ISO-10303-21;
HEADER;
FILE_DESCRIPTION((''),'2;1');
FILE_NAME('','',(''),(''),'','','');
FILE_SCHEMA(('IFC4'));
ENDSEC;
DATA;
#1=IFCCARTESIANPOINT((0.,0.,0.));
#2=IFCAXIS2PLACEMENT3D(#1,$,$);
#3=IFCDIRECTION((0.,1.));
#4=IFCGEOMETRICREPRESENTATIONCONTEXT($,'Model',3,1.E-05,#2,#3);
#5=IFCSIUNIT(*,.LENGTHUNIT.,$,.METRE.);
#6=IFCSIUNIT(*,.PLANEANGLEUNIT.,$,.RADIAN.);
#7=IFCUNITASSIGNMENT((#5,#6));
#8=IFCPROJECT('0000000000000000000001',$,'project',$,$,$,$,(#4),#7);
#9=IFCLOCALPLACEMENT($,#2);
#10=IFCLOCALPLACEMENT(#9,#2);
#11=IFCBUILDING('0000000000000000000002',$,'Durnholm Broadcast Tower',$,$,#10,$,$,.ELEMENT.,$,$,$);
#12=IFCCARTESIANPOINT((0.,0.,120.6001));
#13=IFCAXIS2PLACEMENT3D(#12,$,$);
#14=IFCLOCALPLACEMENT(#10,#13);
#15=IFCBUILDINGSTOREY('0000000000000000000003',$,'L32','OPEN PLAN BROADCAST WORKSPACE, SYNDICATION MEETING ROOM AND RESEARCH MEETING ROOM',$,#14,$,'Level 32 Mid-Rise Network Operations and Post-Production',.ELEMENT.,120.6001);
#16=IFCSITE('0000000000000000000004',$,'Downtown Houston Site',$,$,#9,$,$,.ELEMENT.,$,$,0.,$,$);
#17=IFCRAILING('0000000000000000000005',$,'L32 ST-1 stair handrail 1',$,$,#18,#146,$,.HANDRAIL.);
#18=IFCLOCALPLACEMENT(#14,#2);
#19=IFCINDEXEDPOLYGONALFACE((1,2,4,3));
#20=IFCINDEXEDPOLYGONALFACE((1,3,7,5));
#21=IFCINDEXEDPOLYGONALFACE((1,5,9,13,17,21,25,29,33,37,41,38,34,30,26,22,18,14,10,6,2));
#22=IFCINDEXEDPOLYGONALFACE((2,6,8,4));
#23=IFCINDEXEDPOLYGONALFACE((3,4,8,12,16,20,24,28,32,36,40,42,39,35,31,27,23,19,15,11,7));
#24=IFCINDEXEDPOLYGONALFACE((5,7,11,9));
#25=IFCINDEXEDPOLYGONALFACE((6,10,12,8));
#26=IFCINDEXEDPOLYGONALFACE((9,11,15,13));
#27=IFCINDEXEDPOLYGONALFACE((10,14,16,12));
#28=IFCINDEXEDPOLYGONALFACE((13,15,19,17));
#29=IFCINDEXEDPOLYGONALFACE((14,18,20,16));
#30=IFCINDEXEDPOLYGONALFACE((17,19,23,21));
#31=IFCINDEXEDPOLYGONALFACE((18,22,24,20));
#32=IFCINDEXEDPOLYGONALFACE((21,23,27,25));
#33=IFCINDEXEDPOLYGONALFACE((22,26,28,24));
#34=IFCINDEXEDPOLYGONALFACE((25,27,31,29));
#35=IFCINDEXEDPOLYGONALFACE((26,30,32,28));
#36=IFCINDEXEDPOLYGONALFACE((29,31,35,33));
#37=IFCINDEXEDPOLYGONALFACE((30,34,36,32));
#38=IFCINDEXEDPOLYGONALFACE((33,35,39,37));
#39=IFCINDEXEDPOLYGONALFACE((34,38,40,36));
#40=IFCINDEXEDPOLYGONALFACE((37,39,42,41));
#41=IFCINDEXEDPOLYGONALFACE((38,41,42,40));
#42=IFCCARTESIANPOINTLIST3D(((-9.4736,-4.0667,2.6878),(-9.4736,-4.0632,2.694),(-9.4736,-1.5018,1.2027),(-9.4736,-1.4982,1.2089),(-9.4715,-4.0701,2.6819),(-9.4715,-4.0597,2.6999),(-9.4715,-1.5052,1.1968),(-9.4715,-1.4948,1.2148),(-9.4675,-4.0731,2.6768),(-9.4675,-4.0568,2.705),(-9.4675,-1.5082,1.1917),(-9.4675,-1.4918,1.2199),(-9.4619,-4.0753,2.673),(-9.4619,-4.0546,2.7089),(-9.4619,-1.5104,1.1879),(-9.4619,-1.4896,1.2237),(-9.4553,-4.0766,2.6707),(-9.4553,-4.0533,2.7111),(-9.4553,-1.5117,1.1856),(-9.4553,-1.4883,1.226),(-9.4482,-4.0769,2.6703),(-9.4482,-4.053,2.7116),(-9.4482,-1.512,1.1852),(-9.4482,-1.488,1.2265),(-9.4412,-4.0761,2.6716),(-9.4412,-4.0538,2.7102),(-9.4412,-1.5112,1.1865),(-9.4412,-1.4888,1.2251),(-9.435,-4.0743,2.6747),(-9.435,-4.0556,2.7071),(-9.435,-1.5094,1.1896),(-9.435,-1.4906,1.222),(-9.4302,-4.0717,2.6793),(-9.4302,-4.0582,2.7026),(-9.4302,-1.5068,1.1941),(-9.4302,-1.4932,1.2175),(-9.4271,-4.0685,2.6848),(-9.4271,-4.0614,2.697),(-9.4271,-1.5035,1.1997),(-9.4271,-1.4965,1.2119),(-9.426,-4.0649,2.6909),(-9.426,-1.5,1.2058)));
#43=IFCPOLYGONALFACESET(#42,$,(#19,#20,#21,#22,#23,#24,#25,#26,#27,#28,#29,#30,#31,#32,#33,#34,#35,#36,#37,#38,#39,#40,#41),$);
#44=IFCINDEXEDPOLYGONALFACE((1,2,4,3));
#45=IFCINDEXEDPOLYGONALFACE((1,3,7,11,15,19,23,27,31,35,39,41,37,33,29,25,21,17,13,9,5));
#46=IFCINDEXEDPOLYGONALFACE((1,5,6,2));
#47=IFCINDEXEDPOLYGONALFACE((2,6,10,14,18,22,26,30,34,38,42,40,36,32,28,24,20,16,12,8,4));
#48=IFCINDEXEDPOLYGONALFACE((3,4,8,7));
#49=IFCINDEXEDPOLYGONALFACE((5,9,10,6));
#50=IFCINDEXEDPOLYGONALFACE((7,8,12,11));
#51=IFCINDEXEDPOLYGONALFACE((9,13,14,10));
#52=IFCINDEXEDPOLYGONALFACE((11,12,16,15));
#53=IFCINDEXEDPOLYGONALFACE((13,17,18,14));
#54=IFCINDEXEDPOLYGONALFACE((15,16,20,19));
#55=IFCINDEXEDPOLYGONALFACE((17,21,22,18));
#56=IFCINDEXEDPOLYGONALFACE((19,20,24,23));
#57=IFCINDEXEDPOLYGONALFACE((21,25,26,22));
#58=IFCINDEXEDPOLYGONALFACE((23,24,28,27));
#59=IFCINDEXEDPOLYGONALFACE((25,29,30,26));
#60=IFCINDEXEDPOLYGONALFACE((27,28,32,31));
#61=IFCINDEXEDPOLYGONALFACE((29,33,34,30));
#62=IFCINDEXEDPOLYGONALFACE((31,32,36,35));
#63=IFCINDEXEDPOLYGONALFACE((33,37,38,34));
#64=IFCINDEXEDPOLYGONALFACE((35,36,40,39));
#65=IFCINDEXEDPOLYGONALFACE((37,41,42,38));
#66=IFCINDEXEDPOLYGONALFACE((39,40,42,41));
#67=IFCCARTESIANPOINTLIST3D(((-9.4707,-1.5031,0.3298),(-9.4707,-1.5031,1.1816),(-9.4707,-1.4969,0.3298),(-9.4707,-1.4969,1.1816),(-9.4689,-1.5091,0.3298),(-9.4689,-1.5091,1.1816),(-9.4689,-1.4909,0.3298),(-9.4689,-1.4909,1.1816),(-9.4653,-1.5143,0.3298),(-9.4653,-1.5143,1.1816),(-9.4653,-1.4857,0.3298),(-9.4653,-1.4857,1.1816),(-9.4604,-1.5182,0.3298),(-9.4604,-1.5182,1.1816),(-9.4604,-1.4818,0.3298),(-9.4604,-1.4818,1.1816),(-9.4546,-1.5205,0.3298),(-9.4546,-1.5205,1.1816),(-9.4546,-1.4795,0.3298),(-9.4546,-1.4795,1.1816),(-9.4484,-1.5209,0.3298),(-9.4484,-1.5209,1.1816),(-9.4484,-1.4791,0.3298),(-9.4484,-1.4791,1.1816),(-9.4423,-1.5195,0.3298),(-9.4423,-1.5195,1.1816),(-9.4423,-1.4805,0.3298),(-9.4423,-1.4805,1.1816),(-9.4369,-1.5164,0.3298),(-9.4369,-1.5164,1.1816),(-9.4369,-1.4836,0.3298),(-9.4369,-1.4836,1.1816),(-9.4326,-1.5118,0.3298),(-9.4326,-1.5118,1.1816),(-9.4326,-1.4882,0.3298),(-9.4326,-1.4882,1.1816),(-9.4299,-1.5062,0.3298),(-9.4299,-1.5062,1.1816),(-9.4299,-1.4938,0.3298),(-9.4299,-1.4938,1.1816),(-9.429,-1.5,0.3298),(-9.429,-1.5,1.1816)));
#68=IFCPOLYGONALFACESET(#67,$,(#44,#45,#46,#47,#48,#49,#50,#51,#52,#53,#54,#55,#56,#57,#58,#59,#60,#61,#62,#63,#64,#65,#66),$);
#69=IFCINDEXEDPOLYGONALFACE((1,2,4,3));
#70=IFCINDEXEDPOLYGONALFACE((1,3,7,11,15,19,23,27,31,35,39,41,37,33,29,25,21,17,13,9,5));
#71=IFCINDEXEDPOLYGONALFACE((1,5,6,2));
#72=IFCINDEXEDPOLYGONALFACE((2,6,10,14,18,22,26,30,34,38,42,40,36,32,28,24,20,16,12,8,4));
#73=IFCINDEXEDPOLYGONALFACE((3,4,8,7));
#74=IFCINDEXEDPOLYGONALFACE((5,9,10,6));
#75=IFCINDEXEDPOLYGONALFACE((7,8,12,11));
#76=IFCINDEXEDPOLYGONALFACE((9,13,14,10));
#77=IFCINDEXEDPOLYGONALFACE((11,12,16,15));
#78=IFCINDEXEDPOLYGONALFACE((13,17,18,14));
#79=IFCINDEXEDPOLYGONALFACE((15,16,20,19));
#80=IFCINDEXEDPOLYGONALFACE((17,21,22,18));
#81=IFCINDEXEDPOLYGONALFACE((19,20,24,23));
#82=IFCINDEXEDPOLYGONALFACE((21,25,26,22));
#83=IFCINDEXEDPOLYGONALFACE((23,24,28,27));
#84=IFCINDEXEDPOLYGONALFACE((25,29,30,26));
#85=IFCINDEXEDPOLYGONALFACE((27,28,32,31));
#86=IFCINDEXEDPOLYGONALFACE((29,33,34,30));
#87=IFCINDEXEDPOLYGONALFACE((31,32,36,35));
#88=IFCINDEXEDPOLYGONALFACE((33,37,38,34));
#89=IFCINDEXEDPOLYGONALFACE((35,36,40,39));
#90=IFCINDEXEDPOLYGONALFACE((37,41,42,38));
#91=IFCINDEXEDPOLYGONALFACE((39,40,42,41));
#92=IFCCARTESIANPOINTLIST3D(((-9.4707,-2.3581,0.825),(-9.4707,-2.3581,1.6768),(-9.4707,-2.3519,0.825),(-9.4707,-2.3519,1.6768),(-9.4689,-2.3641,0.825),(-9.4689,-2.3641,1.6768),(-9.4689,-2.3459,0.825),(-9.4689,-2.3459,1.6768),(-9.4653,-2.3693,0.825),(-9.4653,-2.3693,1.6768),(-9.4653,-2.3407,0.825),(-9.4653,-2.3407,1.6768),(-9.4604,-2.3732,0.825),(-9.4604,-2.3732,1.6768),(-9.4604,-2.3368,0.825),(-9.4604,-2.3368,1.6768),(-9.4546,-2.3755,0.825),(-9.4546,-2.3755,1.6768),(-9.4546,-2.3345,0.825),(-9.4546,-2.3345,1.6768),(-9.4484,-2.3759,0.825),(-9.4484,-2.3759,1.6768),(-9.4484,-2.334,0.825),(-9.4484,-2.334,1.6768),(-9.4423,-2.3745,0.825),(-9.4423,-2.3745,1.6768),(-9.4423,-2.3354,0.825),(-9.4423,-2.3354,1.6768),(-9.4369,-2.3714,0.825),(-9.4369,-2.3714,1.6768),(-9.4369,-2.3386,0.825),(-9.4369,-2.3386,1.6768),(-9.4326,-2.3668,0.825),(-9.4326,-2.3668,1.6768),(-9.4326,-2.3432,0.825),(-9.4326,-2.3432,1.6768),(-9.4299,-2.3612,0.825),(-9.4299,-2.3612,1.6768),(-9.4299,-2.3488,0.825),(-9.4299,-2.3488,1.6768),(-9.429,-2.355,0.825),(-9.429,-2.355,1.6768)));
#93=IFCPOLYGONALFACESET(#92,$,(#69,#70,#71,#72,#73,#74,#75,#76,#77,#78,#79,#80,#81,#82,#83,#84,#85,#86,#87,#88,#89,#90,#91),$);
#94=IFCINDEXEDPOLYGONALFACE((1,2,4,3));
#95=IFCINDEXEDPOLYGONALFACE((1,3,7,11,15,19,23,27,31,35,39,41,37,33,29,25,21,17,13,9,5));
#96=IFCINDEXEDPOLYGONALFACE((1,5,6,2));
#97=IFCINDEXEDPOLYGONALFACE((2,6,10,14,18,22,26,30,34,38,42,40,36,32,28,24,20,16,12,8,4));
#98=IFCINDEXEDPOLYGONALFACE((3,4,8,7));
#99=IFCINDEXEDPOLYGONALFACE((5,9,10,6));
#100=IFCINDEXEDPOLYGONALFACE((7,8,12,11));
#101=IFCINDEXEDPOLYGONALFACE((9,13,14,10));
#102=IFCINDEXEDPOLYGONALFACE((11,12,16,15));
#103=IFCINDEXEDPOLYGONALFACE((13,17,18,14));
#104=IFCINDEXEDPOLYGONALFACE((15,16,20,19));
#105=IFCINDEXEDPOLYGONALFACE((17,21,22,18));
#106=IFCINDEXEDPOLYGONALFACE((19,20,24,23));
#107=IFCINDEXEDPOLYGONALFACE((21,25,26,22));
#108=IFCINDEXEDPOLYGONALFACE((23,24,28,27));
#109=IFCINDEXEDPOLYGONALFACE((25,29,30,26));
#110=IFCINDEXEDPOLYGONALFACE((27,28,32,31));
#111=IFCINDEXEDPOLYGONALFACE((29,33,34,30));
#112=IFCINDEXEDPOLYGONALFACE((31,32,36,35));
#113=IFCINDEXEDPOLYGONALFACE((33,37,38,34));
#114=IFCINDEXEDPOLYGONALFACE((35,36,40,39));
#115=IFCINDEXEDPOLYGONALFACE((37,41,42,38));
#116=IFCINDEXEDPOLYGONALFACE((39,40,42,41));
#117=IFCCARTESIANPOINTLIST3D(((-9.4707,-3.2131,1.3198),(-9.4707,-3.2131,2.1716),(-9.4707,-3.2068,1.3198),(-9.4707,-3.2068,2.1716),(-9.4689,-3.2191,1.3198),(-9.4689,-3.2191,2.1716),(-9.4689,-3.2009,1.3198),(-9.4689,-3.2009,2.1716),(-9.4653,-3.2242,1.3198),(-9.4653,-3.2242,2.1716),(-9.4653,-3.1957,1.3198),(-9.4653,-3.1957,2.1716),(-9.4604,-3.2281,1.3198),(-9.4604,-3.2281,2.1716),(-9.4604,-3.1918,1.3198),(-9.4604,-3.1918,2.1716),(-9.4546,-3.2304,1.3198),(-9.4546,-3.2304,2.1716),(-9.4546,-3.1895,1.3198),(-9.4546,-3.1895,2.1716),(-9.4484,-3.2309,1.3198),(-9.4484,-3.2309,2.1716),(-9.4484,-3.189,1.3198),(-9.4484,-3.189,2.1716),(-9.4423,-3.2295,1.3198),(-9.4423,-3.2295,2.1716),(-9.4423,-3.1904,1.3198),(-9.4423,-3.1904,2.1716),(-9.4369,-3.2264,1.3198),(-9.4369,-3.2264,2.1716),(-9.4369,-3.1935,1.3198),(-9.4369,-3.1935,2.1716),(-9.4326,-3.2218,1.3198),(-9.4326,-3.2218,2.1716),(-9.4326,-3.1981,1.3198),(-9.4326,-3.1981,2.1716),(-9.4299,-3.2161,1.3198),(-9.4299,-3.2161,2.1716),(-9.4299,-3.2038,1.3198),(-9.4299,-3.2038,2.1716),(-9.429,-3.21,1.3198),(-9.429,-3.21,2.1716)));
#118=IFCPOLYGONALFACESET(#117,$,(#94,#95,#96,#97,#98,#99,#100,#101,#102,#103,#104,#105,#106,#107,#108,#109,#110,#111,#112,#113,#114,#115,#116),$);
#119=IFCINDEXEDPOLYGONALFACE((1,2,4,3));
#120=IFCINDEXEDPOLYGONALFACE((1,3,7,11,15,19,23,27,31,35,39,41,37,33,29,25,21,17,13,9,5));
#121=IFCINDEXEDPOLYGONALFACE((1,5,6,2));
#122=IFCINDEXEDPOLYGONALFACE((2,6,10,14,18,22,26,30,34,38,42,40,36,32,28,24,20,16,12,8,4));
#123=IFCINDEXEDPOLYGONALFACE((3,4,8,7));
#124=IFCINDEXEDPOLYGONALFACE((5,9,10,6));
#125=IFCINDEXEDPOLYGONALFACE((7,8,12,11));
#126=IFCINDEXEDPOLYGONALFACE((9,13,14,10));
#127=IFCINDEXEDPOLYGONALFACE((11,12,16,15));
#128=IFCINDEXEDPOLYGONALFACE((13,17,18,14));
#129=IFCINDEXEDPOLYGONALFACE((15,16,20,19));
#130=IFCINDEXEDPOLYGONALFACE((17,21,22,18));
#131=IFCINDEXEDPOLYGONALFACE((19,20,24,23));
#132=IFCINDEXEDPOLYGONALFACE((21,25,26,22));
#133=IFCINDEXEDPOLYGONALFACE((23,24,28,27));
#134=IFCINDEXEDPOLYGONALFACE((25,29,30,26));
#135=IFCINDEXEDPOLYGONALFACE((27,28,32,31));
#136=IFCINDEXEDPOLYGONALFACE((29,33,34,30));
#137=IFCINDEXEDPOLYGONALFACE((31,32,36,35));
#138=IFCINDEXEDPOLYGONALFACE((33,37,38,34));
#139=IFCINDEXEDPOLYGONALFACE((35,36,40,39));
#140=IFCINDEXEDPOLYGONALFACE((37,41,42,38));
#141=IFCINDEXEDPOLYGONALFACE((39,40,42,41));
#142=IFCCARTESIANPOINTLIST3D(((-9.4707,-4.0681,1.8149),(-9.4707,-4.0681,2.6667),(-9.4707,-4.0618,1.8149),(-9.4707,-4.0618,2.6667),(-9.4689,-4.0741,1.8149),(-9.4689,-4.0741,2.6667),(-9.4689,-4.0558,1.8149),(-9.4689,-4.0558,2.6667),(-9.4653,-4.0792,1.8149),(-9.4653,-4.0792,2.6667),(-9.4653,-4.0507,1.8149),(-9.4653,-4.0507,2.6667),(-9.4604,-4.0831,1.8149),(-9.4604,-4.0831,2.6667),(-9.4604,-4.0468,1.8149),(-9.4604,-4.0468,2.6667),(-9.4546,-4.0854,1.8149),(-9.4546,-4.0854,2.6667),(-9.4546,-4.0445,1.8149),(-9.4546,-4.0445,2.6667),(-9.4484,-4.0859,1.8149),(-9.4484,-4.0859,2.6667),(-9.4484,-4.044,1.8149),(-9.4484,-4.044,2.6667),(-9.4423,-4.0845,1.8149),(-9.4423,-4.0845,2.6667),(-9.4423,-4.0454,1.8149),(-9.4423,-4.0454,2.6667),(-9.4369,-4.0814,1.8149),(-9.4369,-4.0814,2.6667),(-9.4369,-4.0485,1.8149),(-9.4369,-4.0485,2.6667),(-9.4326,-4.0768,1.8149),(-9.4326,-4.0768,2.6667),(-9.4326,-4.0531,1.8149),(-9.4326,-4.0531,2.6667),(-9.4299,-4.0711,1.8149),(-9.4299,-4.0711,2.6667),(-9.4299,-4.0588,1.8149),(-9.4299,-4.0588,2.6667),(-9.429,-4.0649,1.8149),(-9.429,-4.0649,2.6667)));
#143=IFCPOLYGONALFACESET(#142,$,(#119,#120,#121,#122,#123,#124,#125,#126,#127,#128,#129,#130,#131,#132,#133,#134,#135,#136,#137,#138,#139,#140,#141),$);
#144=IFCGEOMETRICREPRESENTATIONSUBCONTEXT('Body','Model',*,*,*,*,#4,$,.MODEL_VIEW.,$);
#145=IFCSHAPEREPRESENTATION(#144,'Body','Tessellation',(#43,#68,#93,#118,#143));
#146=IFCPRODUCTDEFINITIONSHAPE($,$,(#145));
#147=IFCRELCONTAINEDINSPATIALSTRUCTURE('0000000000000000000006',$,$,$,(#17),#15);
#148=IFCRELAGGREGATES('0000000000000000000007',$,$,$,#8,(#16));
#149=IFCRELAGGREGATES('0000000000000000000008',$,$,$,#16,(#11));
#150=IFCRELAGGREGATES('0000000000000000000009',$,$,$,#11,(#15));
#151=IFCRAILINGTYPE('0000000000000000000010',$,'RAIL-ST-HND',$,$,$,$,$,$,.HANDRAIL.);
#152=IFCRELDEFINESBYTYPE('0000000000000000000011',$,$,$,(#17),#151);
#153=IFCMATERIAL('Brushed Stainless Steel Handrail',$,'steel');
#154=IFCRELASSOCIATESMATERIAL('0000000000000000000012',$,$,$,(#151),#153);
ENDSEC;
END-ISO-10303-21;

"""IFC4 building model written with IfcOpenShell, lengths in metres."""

from ifc_helpers import new_model, si_unit, direction, frame, origin, origin_2d, place, context, subcontext, project, spatial, circle, extrude, material, type_object, element, save


model = new_model("IFC4")

# Units and contexts
model_context = context("Model", 3, precision=1e-05, world=origin(), true_north=direction((0.0, 1.0)))
body_context = subcontext(model_context, "Body", "Model", "MODEL_VIEW")
ifc_project = project(units=[si_unit("LENGTHUNIT", "METRE"), si_unit("PLANEANGLEUNIT", "RADIAN")], contexts=[model_context])

# Site, building, storey
site_placement = place(None, origin())
site = spatial("IfcSite", under=ifc_project, at=site_placement, Name="Downtown Houston Site", CompositionType="ELEMENT", RefElevation=0.0)
building_placement = place(site_placement, origin())
building = spatial("IfcBuilding", under=site, at=building_placement, Name="Durnholm Broadcast Tower", CompositionType="ELEMENT")
storey_placement = place(building_placement, frame((0.0, 0.0, 120.6001)))
storey = spatial("IfcBuildingStorey", under=building, at=storey_placement, Name="L32", Description="OPEN PLAN BROADCAST WORKSPACE, SYNDICATION MEETING ROOM AND RESEARCH MEETING ROOM", LongName="Level 32 Mid-Rise Network Operations and Post-Production", CompositionType="ELEMENT", Elevation=120.6001)

# Railing
ifc_material_1 = material(Name="Brushed Stainless Steel Handrail", Category="steel")
railing_type_1 = type_object("IfcRailingType", Name="RAIL-ST-HND", PredefinedType="HANDRAIL", material=ifc_material_1)
railing_1_placement = place(storey_placement, frame((-9.45, -1.5, 0.3298)))
element("IfcRailing", 1, at=railing_1_placement, inside=storey, type_object=railing_type_1, Name="L32 ST-1 stair handrail 1", PredefinedType="HANDRAIL", context=body_context, shape_type="SweptSolid", body=[
    extrude(circle(Radius=0.0239, at=origin_2d()), frame((0.0, 0.0, 0.876), z_axis=(0.0, -0.865406, 0.501072), x_axis=(1.0, 0.0, 0.0)), (0.0, 0.0, 1.0), 2.9639),
    extrude(circle(Radius=0.021, at=origin_2d()), origin(), (0.0, 0.0, 1.0), 0.8518),
    extrude(circle(Radius=0.021, at=origin_2d()), frame((0.0, -0.855, 0.4951)), (0.0, 0.0, 1.0), 0.8518),
    extrude(circle(Radius=0.021, at=origin_2d()), frame((0.0, -1.71, 0.99)), (0.0, 0.0, 1.0), 0.8518),
    extrude(circle(Radius=0.021, at=origin_2d()), frame((0.0, -2.5649, 1.4851)), (0.0, 0.0, 1.0), 0.8518),
])

save(model, "model.ifc")
